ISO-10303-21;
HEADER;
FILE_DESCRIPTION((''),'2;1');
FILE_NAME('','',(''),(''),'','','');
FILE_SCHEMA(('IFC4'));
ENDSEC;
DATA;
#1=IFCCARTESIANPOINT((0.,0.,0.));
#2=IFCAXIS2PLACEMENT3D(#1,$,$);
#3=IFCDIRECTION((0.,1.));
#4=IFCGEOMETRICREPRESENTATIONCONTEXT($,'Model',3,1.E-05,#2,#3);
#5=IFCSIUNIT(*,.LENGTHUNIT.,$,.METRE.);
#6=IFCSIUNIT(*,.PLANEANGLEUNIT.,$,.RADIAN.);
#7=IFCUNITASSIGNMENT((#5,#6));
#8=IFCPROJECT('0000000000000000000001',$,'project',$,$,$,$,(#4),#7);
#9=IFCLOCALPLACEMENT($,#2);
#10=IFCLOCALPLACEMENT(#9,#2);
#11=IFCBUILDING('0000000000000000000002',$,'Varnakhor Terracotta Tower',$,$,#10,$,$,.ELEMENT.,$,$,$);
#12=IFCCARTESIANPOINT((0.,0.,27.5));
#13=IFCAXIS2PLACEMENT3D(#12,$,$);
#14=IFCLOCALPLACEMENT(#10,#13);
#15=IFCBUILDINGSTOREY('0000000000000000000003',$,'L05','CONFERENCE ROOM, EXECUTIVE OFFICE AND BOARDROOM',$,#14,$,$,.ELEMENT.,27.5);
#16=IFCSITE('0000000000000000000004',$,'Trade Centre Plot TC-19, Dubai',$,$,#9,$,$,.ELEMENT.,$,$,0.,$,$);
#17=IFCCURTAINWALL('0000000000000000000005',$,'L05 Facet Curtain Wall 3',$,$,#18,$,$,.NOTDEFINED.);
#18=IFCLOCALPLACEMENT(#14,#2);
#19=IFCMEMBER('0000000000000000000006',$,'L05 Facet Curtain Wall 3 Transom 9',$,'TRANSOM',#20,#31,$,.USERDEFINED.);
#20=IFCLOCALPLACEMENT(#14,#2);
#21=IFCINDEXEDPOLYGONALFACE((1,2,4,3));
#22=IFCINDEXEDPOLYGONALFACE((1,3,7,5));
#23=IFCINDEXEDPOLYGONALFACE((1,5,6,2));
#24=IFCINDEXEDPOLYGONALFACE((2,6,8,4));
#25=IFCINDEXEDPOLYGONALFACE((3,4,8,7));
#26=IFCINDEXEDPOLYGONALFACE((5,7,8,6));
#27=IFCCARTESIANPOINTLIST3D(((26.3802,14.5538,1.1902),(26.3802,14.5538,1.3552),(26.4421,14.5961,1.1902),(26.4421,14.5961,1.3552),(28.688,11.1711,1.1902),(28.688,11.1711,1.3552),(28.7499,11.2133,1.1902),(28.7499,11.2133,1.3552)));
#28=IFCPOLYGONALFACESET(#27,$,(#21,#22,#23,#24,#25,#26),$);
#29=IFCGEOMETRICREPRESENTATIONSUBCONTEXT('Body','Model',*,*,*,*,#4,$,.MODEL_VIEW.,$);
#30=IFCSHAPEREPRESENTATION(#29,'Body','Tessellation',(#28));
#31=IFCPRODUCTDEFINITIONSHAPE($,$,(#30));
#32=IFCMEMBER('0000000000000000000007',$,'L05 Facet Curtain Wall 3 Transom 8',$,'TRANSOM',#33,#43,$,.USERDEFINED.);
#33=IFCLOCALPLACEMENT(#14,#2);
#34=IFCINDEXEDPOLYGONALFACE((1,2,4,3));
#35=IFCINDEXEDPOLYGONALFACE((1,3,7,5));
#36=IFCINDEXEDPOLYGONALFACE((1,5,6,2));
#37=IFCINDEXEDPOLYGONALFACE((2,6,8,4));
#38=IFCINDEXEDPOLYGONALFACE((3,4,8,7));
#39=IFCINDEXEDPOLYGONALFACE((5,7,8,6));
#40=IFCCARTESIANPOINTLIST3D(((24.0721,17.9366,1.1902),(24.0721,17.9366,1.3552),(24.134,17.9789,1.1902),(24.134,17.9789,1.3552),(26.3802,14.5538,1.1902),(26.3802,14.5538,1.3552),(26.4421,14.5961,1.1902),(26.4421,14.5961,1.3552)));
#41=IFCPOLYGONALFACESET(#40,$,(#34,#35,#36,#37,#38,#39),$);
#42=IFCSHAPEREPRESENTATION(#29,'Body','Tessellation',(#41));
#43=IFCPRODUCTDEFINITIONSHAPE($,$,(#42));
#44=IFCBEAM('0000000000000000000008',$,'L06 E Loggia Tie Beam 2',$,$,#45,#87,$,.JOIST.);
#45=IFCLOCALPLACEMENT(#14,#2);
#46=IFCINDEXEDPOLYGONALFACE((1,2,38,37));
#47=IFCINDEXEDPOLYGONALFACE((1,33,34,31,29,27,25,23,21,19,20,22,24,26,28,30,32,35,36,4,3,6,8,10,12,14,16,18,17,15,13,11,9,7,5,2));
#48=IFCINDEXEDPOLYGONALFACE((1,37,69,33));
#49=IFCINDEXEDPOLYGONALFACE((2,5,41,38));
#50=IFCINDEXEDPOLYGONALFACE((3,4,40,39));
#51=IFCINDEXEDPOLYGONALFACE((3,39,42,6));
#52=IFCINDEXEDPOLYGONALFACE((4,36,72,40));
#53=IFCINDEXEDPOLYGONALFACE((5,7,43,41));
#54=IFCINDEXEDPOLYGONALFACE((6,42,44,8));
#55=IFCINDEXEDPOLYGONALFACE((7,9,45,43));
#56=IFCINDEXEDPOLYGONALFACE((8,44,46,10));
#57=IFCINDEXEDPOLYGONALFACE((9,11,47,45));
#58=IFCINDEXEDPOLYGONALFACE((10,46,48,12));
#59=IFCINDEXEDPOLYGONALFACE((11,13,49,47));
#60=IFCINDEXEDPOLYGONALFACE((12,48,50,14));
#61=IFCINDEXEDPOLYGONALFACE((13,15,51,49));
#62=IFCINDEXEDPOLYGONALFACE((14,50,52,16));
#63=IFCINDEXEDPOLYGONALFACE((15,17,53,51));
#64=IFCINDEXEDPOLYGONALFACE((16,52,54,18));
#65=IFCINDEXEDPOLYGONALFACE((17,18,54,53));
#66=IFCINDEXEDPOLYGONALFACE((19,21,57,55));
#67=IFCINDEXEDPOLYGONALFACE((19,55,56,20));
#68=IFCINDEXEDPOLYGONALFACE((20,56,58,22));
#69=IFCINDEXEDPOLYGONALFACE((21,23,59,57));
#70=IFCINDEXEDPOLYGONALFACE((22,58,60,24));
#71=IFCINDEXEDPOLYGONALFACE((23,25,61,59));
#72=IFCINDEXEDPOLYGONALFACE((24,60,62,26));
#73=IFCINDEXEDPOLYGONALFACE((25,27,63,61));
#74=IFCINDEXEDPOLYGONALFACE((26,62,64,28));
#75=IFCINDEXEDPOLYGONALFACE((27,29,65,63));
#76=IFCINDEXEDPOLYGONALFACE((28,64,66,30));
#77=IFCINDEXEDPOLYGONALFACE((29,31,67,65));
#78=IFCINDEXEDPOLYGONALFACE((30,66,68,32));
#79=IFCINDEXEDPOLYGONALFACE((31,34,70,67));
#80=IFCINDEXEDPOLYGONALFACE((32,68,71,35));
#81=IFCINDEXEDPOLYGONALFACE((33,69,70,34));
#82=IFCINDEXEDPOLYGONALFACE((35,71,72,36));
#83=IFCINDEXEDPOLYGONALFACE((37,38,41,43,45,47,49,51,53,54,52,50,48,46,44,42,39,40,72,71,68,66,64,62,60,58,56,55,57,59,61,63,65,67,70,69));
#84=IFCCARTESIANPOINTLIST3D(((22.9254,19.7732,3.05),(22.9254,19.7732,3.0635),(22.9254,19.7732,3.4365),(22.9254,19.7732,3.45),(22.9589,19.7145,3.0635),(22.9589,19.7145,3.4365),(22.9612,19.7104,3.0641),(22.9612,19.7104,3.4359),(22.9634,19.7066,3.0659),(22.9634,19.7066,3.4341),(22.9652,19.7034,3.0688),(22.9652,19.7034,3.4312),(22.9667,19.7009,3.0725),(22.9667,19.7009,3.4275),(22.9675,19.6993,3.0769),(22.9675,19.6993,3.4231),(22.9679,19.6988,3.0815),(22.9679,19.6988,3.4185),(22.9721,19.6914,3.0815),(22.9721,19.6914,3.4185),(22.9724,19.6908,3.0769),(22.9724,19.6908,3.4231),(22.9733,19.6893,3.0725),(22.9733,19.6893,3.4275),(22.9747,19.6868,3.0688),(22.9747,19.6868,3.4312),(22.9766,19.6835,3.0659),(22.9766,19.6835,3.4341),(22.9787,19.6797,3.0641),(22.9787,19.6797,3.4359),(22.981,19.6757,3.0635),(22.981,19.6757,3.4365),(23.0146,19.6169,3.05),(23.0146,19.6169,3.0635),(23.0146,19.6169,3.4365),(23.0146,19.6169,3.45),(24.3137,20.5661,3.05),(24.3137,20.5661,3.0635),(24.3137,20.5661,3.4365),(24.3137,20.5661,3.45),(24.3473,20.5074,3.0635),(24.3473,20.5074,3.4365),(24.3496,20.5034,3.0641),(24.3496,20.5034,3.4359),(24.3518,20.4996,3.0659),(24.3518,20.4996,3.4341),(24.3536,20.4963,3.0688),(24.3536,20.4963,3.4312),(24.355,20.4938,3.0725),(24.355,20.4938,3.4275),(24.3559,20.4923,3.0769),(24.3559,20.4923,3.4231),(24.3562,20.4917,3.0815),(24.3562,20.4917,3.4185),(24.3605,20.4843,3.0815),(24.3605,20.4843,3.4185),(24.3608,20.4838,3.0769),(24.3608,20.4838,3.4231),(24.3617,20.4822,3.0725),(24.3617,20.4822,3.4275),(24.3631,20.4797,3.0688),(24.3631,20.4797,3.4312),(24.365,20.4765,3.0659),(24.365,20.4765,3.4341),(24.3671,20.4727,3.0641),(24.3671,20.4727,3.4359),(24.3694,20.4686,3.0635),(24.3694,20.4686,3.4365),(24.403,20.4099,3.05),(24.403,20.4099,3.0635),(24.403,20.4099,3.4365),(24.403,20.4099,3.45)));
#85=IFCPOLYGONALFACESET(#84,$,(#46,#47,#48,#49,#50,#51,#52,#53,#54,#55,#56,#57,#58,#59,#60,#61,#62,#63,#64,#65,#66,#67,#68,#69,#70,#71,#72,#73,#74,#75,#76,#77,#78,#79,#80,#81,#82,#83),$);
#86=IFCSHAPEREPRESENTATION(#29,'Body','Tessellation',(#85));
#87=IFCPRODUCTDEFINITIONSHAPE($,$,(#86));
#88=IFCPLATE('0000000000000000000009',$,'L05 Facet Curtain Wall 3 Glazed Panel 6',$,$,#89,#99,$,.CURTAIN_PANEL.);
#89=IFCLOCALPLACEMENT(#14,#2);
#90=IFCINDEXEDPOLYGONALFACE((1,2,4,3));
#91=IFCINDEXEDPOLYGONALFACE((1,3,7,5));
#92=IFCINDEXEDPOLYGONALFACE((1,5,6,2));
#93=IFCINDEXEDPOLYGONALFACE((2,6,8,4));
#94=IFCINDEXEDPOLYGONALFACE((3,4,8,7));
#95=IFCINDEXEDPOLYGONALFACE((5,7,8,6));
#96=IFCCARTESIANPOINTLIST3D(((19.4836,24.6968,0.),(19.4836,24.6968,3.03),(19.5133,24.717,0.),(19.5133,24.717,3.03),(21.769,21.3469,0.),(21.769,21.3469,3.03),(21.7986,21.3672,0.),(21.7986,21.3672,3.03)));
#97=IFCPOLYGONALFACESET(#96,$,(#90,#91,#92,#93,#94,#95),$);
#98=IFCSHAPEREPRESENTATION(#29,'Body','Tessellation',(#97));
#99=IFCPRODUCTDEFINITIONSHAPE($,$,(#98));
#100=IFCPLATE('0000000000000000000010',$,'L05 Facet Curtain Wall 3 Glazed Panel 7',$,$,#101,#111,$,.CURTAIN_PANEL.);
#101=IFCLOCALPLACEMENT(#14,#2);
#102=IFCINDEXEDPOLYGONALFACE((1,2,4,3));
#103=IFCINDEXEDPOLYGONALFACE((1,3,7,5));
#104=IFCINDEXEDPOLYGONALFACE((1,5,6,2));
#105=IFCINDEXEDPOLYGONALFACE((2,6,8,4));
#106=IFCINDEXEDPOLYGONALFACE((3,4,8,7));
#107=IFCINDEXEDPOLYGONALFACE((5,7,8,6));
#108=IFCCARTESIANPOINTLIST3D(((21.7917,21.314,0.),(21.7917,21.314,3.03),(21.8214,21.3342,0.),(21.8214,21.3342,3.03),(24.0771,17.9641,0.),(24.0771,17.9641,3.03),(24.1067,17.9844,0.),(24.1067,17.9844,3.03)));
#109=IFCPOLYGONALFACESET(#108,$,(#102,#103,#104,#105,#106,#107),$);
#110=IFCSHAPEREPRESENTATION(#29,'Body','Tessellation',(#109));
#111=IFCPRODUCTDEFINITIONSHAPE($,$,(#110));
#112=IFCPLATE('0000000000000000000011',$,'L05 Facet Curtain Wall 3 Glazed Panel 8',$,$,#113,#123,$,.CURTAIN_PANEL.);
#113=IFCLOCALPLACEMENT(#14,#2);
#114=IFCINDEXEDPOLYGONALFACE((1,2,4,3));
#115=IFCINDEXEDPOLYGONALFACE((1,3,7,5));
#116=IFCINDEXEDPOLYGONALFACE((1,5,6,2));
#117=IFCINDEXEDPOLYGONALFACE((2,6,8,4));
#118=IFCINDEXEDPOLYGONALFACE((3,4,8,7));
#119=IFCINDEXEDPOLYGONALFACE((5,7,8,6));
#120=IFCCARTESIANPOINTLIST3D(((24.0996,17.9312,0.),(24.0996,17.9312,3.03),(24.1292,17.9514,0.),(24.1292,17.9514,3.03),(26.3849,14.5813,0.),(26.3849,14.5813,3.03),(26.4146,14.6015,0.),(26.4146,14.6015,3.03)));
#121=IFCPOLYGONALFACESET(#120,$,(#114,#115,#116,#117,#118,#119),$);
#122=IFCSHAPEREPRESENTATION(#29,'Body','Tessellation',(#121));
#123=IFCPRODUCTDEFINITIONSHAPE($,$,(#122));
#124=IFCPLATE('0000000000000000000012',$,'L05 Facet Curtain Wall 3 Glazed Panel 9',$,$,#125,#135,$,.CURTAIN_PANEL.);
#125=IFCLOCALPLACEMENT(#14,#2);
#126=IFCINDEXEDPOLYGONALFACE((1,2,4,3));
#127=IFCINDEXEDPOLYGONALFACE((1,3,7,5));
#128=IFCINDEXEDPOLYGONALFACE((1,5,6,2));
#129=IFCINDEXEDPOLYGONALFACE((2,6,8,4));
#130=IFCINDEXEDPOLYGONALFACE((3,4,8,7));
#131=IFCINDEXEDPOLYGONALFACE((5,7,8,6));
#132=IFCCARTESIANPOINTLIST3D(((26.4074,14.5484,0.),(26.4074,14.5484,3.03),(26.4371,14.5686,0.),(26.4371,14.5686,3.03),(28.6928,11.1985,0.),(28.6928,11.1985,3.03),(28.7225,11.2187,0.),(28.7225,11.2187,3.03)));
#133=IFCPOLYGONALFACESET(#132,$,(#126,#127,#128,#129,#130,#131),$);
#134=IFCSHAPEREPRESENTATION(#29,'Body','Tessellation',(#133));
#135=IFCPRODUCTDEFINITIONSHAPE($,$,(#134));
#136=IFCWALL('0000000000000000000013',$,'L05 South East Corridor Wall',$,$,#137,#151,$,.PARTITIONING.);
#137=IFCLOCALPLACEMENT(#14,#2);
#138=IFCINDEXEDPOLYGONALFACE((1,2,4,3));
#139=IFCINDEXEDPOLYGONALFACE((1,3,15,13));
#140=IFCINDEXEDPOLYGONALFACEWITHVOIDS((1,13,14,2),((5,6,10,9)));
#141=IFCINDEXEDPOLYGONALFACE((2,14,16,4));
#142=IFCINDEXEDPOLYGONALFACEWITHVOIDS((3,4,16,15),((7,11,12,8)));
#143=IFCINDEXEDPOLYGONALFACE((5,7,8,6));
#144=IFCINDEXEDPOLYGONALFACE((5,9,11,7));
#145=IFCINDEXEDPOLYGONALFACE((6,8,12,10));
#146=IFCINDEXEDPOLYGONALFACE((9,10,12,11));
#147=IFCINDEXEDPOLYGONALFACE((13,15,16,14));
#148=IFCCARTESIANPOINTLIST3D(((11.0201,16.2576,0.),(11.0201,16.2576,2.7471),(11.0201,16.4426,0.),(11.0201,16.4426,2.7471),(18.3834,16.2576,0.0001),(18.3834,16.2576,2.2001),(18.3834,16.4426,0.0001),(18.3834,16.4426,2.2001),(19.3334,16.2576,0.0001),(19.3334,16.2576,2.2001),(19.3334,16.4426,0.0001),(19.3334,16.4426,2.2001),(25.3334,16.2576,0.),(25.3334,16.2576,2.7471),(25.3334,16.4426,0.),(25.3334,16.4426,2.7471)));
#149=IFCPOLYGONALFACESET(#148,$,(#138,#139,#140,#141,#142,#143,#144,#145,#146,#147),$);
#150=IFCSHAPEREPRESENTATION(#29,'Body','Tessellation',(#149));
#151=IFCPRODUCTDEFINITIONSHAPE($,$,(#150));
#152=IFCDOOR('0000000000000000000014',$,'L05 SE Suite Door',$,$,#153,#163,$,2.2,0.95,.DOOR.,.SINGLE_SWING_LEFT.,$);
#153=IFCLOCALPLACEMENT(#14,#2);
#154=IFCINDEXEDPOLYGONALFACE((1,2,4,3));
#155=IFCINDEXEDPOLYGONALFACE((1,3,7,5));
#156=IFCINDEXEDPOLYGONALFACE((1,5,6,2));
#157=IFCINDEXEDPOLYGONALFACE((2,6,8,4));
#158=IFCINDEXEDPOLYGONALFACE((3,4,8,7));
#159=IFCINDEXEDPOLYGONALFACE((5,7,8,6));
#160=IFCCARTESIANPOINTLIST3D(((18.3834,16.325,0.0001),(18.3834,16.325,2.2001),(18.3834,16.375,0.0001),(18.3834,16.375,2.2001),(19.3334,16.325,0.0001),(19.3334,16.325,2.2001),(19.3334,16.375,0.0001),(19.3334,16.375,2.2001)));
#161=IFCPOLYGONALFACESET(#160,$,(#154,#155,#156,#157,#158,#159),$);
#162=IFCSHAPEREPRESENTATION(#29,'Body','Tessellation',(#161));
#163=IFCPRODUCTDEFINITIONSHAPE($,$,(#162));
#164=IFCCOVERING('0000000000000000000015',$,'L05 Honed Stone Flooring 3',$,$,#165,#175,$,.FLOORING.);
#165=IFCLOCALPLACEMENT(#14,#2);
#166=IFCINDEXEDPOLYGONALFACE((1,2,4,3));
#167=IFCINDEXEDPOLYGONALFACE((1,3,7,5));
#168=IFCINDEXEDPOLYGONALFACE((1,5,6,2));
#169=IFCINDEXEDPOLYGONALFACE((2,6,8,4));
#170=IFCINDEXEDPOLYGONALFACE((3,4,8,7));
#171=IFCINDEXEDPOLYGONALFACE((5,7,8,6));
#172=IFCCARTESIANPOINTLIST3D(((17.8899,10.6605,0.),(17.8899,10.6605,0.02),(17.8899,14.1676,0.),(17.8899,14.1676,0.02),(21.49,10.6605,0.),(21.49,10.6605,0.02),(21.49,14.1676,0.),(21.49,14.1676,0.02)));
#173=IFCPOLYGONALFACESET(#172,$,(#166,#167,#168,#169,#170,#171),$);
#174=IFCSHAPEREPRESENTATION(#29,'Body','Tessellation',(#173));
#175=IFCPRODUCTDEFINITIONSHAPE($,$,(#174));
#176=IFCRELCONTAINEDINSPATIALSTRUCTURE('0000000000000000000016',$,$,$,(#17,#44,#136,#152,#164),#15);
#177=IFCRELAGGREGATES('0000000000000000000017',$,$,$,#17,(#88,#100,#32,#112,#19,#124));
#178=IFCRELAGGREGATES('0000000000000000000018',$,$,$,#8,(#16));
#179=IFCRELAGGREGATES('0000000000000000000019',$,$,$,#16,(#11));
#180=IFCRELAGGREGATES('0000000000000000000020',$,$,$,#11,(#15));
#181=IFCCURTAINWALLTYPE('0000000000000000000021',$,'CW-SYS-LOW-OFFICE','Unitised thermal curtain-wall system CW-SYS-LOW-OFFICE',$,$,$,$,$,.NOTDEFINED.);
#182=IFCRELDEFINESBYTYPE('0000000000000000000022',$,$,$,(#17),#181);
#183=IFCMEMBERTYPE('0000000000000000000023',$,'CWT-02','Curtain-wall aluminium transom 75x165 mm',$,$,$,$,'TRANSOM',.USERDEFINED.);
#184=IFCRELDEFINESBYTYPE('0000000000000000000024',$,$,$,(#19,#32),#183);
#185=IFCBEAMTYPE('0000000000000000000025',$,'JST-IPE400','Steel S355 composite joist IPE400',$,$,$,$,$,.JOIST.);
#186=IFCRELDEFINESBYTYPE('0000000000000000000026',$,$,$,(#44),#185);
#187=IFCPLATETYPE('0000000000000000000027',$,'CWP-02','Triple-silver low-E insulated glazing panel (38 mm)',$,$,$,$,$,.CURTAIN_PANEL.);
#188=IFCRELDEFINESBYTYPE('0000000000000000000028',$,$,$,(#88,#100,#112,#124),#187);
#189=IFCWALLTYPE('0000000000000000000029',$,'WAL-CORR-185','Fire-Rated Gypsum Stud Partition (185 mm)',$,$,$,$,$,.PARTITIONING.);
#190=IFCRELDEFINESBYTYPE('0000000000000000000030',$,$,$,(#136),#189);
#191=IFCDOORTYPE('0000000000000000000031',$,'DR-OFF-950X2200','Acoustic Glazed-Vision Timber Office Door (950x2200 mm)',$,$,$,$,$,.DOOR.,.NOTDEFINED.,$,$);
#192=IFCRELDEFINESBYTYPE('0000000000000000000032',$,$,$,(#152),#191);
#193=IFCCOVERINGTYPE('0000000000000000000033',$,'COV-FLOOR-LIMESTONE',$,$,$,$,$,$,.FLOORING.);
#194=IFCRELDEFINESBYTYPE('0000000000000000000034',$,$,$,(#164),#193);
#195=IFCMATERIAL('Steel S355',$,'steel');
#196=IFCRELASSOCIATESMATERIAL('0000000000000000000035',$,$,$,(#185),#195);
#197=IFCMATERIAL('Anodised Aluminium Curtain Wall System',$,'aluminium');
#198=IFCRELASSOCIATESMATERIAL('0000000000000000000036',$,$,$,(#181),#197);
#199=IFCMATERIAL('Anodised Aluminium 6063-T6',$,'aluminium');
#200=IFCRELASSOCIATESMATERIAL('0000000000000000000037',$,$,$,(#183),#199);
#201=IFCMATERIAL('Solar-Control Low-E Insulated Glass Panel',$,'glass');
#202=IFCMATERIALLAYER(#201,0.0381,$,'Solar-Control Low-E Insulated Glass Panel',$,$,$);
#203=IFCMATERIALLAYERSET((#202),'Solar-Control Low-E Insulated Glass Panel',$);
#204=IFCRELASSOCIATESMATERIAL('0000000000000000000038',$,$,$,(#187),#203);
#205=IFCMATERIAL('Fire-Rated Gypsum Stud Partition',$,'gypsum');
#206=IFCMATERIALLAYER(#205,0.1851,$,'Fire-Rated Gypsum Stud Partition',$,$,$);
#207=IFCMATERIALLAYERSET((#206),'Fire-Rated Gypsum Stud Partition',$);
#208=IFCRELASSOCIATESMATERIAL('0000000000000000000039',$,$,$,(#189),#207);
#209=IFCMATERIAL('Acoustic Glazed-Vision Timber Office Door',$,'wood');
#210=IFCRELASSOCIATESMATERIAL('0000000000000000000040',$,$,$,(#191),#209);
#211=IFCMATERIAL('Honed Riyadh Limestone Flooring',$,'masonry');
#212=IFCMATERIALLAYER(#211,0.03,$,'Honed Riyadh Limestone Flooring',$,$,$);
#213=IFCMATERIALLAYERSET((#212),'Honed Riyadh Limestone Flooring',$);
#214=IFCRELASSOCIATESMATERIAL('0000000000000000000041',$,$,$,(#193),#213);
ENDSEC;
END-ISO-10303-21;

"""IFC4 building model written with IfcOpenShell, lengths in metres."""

from ifc_helpers import new_model, si_unit, direction, frame, frame_2d, origin, origin_2d, place, context, subcontext, project, spatial, rectangle, i_section, extrude, source, transform, mapped, material, layer, layer_set, material_profile, profile_set, type_object, type_shapes, element, fill, aggregate, save


model = new_model("IFC4")

# Units and contexts
model_context = context("Model", 3, precision=1e-05, world=origin(), true_north=direction((0.0, 1.0)))
body_context = subcontext(model_context, "Body", "Model", "MODEL_VIEW")
ifc_project = project(units=[si_unit("LENGTHUNIT", "METRE"), si_unit("PLANEANGLEUNIT", "RADIAN")], contexts=[model_context])

# Site, building, storey
site_placement = place(None, origin())
site = spatial("IfcSite", under=ifc_project, at=site_placement, Name="Trade Centre Plot TC-19, Dubai", CompositionType="ELEMENT", RefElevation=0.0)
building_placement = place(site_placement, origin())
building = spatial("IfcBuilding", under=site, at=building_placement, Name="Varnakhor Terracotta Tower", CompositionType="ELEMENT")
storey_placement = place(building_placement, frame((0.0, 0.0, 27.5)))
storey = spatial("IfcBuildingStorey", under=building, at=storey_placement, Name="L05", Description="CONFERENCE ROOM, EXECUTIVE OFFICE AND BOARDROOM", CompositionType="ELEMENT", Elevation=27.5)

# Shared definitions
ifc_material_1 = material(Name="Steel S355", Category="steel")
ifc_material_profile_1 = material_profile(ifc_material_1, i_section(OverallWidth=0.1799, OverallDepth=0.3999, WebThickness=0.0085, FlangeThickness=0.0134, FilletRadius=0.0181, at=origin_2d()), Name="IPE400")
ifc_profile_set_1 = profile_set([ifc_material_profile_1], Name="Steel S355")
beam_type_1 = type_object("IfcBeamType", Name="JST-IPE400", Description="Steel S355 composite joist IPE400", PredefinedType="JOIST", material=ifc_profile_set_1)

# Curtain wall, members
ifc_material_2 = material(Name="Anodised Aluminium Curtain Wall System", Category="aluminium")
curtain_wall_type = type_object("IfcCurtainWallType", Name="CW-SYS-LOW-OFFICE", Description="Unitised thermal curtain-wall system CW-SYS-LOW-OFFICE", PredefinedType="NOTDEFINED", material=ifc_material_2)
curtain_wall_placement = place(storey_placement, origin())
curtain_wall = element("IfcCurtainWall", 1, at=curtain_wall_placement, inside=storey, type_object=curtain_wall_type, Name="L05 Facet Curtain Wall 3", PredefinedType="NOTDEFINED")
ifc_material_3 = material(Name="Anodised Aluminium 6063-T6", Category="aluminium")
ifc_material_profile_2 = material_profile(ifc_material_3, rectangle(XDim=0.075, YDim=0.165, at=origin_2d()), Name="ALU TRANSOM 75x165")
ifc_profile_set_2 = profile_set([ifc_material_profile_2], Name="Anodised Aluminium 6063-T6")
member_type_1 = type_object("IfcMemberType", Name="CWT-02", Description="Curtain-wall aluminium transom 75x165 mm", ElementType="TRANSOM", PredefinedType="USERDEFINED", material=ifc_profile_set_2)
shared_shape_1 = source(origin(), body_context, "Body", "SweptSolid", [
    extrude(rectangle(XDim=0.075, YDim=0.165, at=origin_2d()), origin(), (0.0, 0.0, 1.0), 4.095),
])
type_shapes(member_type_1, [shared_shape_1])
member_1_placement = place(storey_placement, frame((26.4111, 14.575, 1.2727), z_axis=(0.56357, -0.826068, 0.0), x_axis=(0.826068, 0.56357, 0.0)))
member_1 = element("IfcMember", 2, at=member_1_placement, type_object=member_type_1, Name="L05 Facet Curtain Wall 3 Transom 9", ObjectType="TRANSOM", PredefinedType="USERDEFINED", context=body_context, shape_type="MappedRepresentation", body=[
    mapped(shared_shape_1, transform((0.0, 0.0, 0.0), scale=1.0)),
])
shared_shape_2 = source(origin(), body_context, "Body", "SweptSolid", [
    extrude(rectangle(XDim=0.075, YDim=0.165, at=origin_2d()), origin(), (0.0, 0.0, 1.0), 4.0952),
])
member_2_placement = place(storey_placement, frame((24.103, 17.9578, 1.2727), z_axis=(0.563611, -0.826041, 0.0), x_axis=(0.826041, 0.563611, 0.0)))
member_2 = element("IfcMember", 3, at=member_2_placement, type_object=member_type_1, Name="L05 Facet Curtain Wall 3 Transom 8", ObjectType="TRANSOM", PredefinedType="USERDEFINED", context=body_context, shape_type="MappedRepresentation", body=[
    mapped(shared_shape_2, transform((0.0, 0.0, 0.0), scale=1.0)),
])

# Beam
shared_shape_3 = source(origin(), body_context, "Body", "SweptSolid", [
    extrude(i_section(OverallWidth=0.1799, OverallDepth=0.3999, WebThickness=0.0085, FlangeThickness=0.0134, FilletRadius=0.0181, at=origin_2d()), origin(), (0.0, 0.0, 1.0), 1.5989),
])
beam_1_placement = place(storey_placement, frame((22.97, 19.6951, 3.25), z_axis=(0.868356, 0.495942, 0.0), x_axis=(-0.495942, 0.868356, 0.0)))
element("IfcBeam", 4, at=beam_1_placement, inside=storey, type_object=beam_type_1, Name="L06 E Loggia Tie Beam 2", PredefinedType="JOIST", context=body_context, shape_type="MappedRepresentation", body=[
    mapped(shared_shape_3, transform((0.0, 0.0, 0.0), scale=1.0)),
])

# Plates
ifc_material_4 = material(Name="Solar-Control Low-E Insulated Glass Panel", Category="glass")
ifc_layer_1 = layer(ifc_material_4, 0.0381, Name="Solar-Control Low-E Insulated Glass Panel")
ifc_layer_set_1 = layer_set([ifc_layer_1], Name="Solar-Control Low-E Insulated Glass Panel")
plate_type = type_object("IfcPlateType", Name="CWP-02", Description="Triple-silver low-E insulated glazing panel (38 mm)", PredefinedType="CURTAIN_PANEL", material=ifc_layer_set_1)
shared_shape_4 = source(origin(), body_context, "Body", "SweptSolid", [
    extrude(rectangle(XDim=4.0552, YDim=0.0359, at=origin_2d()), origin(), (0.0, 0.0, 1.0), 3.03),
])
type_shapes(plate_type, [shared_shape_4])
plate_1_placement = place(storey_placement, frame((20.6411, 23.032, 0.0), z_axis=(0.0, 0.0, 1.0), x_axis=(0.563569, -0.826069, 0.0)))
plate_1 = element("IfcPlate", 5, at=plate_1_placement, type_object=plate_type, Name="L05 Facet Curtain Wall 3 Glazed Panel 6", PredefinedType="CURTAIN_PANEL", context=body_context, shape_type="MappedRepresentation", body=[
    mapped(shared_shape_4, transform((0.0, 0.0, 0.0), scale=1.0)),
])
plate_2_placement = place(storey_placement, frame((22.9492, 19.6492, 0.0), z_axis=(0.0, 0.0, 1.0), x_axis=(0.563569, -0.826069, 0.0)))
plate_2 = element("IfcPlate", 6, at=plate_2_placement, type_object=plate_type, Name="L05 Facet Curtain Wall 3 Glazed Panel 7", PredefinedType="CURTAIN_PANEL", context=body_context, shape_type="MappedRepresentation", body=[
    mapped(shared_shape_4, transform((0.0, 0.0, 0.0), scale=1.0)),
])
plate_3_placement = place(storey_placement, frame((25.2571, 16.2664, 0.0), z_axis=(0.0, 0.0, 1.0), x_axis=(0.563569, -0.826069, 0.0)))
plate_3 = element("IfcPlate", 7, at=plate_3_placement, type_object=plate_type, Name="L05 Facet Curtain Wall 3 Glazed Panel 8", PredefinedType="CURTAIN_PANEL", context=body_context, shape_type="MappedRepresentation", body=[
    mapped(shared_shape_4, transform((0.0, 0.0, 0.0), scale=1.0)),
])
plate_4_placement = place(storey_placement, frame((27.5649, 12.8835, 0.0), z_axis=(0.0, 0.0, 1.0), x_axis=(0.563569, -0.826069, 0.0)))
plate_4 = element("IfcPlate", 8, at=plate_4_placement, type_object=plate_type, Name="L05 Facet Curtain Wall 3 Glazed Panel 9", PredefinedType="CURTAIN_PANEL", context=body_context, shape_type="MappedRepresentation", body=[
    mapped(shared_shape_4, transform((0.0, 0.0, 0.0), scale=1.0)),
])
aggregate(curtain_wall, [plate_1, plate_2, member_2, plate_3, member_1, plate_4])

# Wall, opening, door
ifc_material_5 = material(Name="Fire-Rated Gypsum Stud Partition", Category="gypsum")
ifc_layer_2 = layer(ifc_material_5, 0.1851, Name="Fire-Rated Gypsum Stud Partition")
ifc_layer_set_2 = layer_set([ifc_layer_2], Name="Fire-Rated Gypsum Stud Partition")
wall_type = type_object("IfcWallType", Name="WAL-CORR-185", Description="Fire-Rated Gypsum Stud Partition (185 mm)", PredefinedType="PARTITIONING", material=ifc_layer_set_2)
wall_placement = place(storey_placement, frame((11.02, 16.3501, 0.0), z_axis=(0.0, 0.0, 1.0), x_axis=(1.0, 0.0, 0.0)))
wall = element("IfcWall", 9, at=wall_placement, inside=storey, type_object=wall_type, Name="L05 South East Corridor Wall", PredefinedType="PARTITIONING", context=body_context, shape_type="SweptSolid", body=[
    extrude(rectangle(XDim=14.3132, YDim=0.1851, at=frame_2d((7.1567, 0.0))), origin(), (0.0, 0.0, 1.0), 2.7471),
])
opening_placement = place(wall_placement, frame((7.3633, 0.0, 0.0)))
opening = element("IfcOpeningElement", 10, at=opening_placement, cuts=wall, PredefinedType="OPENING", context=body_context, shape_type="SweptSolid", body=[
    extrude(rectangle(XDim=0.95, YDim=2.2, at=frame_2d((0.4751, 1.1001))), frame((0.0, 0.1025, 0.0), z_axis=(0.0, -1.0, 0.0), x_axis=(1.0, 0.0, 0.0)), (0.0, 0.0, 1.0), 0.2051),
])
ifc_material_6 = material(Name="Acoustic Glazed-Vision Timber Office Door", Category="wood")
door_type = type_object("IfcDoorType", Name="DR-OFF-950X2200", Description="Acoustic Glazed-Vision Timber Office Door (950x2200 mm)", OperationType="NOTDEFINED", PredefinedType="DOOR", material=ifc_material_6)
shared_shape_5 = source(origin(), body_context, "Body", "SweptSolid", [
    extrude(rectangle(XDim=0.95, YDim=2.2, at=frame_2d((0.4751, 1.1001))), frame((0.0, 0.0249, 0.0), z_axis=(0.0, -1.0, 0.0), x_axis=(1.0, 0.0, 0.0)), (0.0, 0.0, 1.0), 0.05),
])
type_shapes(door_type, [shared_shape_5])
door_placement = place(opening_placement, origin())
door = element("IfcDoor", 11, at=door_placement, inside=storey, type_object=door_type, Name="L05 SE Suite Door", OperationType="SINGLE_SWING_LEFT", OverallHeight=2.2, OverallWidth=0.95, PredefinedType="DOOR", context=body_context, shape_type="MappedRepresentation", body=[
    mapped(shared_shape_5, transform((0.0, 0.0, 0.0), scale=1.0)),
])
fill(opening, door)

# Covering
ifc_material_7 = material(Name="Honed Riyadh Limestone Flooring", Category="masonry")
ifc_layer_3 = layer(ifc_material_7, 0.03, Name="Honed Riyadh Limestone Flooring")
ifc_layer_set_3 = layer_set([ifc_layer_3], Name="Honed Riyadh Limestone Flooring")
covering_type = type_object("IfcCoveringType", Name="COV-FLOOR-LIMESTONE", PredefinedType="FLOORING", material=ifc_layer_set_3)
shared_shape_6 = source(origin(), body_context, "Body", "SweptSolid", [
    extrude(rectangle(XDim=3.6001, YDim=3.5071, at=origin_2d()), origin(), (0.0, 0.0, 1.0), 0.02),
])
covering_placement = place(storey_placement, frame((19.6899, 12.4141, 0.0), z_axis=(0.0, 0.0, 1.0), x_axis=(1.0, 0.0, 0.0)))
element("IfcCovering", 12, at=covering_placement, inside=storey, type_object=covering_type, Name="L05 Honed Stone Flooring 3", PredefinedType="FLOORING", context=body_context, shape_type="MappedRepresentation", body=[
    mapped(shared_shape_6, transform((0.0, 0.0, 0.0), scale=1.0)),
])

save(model, "model.ifc")
